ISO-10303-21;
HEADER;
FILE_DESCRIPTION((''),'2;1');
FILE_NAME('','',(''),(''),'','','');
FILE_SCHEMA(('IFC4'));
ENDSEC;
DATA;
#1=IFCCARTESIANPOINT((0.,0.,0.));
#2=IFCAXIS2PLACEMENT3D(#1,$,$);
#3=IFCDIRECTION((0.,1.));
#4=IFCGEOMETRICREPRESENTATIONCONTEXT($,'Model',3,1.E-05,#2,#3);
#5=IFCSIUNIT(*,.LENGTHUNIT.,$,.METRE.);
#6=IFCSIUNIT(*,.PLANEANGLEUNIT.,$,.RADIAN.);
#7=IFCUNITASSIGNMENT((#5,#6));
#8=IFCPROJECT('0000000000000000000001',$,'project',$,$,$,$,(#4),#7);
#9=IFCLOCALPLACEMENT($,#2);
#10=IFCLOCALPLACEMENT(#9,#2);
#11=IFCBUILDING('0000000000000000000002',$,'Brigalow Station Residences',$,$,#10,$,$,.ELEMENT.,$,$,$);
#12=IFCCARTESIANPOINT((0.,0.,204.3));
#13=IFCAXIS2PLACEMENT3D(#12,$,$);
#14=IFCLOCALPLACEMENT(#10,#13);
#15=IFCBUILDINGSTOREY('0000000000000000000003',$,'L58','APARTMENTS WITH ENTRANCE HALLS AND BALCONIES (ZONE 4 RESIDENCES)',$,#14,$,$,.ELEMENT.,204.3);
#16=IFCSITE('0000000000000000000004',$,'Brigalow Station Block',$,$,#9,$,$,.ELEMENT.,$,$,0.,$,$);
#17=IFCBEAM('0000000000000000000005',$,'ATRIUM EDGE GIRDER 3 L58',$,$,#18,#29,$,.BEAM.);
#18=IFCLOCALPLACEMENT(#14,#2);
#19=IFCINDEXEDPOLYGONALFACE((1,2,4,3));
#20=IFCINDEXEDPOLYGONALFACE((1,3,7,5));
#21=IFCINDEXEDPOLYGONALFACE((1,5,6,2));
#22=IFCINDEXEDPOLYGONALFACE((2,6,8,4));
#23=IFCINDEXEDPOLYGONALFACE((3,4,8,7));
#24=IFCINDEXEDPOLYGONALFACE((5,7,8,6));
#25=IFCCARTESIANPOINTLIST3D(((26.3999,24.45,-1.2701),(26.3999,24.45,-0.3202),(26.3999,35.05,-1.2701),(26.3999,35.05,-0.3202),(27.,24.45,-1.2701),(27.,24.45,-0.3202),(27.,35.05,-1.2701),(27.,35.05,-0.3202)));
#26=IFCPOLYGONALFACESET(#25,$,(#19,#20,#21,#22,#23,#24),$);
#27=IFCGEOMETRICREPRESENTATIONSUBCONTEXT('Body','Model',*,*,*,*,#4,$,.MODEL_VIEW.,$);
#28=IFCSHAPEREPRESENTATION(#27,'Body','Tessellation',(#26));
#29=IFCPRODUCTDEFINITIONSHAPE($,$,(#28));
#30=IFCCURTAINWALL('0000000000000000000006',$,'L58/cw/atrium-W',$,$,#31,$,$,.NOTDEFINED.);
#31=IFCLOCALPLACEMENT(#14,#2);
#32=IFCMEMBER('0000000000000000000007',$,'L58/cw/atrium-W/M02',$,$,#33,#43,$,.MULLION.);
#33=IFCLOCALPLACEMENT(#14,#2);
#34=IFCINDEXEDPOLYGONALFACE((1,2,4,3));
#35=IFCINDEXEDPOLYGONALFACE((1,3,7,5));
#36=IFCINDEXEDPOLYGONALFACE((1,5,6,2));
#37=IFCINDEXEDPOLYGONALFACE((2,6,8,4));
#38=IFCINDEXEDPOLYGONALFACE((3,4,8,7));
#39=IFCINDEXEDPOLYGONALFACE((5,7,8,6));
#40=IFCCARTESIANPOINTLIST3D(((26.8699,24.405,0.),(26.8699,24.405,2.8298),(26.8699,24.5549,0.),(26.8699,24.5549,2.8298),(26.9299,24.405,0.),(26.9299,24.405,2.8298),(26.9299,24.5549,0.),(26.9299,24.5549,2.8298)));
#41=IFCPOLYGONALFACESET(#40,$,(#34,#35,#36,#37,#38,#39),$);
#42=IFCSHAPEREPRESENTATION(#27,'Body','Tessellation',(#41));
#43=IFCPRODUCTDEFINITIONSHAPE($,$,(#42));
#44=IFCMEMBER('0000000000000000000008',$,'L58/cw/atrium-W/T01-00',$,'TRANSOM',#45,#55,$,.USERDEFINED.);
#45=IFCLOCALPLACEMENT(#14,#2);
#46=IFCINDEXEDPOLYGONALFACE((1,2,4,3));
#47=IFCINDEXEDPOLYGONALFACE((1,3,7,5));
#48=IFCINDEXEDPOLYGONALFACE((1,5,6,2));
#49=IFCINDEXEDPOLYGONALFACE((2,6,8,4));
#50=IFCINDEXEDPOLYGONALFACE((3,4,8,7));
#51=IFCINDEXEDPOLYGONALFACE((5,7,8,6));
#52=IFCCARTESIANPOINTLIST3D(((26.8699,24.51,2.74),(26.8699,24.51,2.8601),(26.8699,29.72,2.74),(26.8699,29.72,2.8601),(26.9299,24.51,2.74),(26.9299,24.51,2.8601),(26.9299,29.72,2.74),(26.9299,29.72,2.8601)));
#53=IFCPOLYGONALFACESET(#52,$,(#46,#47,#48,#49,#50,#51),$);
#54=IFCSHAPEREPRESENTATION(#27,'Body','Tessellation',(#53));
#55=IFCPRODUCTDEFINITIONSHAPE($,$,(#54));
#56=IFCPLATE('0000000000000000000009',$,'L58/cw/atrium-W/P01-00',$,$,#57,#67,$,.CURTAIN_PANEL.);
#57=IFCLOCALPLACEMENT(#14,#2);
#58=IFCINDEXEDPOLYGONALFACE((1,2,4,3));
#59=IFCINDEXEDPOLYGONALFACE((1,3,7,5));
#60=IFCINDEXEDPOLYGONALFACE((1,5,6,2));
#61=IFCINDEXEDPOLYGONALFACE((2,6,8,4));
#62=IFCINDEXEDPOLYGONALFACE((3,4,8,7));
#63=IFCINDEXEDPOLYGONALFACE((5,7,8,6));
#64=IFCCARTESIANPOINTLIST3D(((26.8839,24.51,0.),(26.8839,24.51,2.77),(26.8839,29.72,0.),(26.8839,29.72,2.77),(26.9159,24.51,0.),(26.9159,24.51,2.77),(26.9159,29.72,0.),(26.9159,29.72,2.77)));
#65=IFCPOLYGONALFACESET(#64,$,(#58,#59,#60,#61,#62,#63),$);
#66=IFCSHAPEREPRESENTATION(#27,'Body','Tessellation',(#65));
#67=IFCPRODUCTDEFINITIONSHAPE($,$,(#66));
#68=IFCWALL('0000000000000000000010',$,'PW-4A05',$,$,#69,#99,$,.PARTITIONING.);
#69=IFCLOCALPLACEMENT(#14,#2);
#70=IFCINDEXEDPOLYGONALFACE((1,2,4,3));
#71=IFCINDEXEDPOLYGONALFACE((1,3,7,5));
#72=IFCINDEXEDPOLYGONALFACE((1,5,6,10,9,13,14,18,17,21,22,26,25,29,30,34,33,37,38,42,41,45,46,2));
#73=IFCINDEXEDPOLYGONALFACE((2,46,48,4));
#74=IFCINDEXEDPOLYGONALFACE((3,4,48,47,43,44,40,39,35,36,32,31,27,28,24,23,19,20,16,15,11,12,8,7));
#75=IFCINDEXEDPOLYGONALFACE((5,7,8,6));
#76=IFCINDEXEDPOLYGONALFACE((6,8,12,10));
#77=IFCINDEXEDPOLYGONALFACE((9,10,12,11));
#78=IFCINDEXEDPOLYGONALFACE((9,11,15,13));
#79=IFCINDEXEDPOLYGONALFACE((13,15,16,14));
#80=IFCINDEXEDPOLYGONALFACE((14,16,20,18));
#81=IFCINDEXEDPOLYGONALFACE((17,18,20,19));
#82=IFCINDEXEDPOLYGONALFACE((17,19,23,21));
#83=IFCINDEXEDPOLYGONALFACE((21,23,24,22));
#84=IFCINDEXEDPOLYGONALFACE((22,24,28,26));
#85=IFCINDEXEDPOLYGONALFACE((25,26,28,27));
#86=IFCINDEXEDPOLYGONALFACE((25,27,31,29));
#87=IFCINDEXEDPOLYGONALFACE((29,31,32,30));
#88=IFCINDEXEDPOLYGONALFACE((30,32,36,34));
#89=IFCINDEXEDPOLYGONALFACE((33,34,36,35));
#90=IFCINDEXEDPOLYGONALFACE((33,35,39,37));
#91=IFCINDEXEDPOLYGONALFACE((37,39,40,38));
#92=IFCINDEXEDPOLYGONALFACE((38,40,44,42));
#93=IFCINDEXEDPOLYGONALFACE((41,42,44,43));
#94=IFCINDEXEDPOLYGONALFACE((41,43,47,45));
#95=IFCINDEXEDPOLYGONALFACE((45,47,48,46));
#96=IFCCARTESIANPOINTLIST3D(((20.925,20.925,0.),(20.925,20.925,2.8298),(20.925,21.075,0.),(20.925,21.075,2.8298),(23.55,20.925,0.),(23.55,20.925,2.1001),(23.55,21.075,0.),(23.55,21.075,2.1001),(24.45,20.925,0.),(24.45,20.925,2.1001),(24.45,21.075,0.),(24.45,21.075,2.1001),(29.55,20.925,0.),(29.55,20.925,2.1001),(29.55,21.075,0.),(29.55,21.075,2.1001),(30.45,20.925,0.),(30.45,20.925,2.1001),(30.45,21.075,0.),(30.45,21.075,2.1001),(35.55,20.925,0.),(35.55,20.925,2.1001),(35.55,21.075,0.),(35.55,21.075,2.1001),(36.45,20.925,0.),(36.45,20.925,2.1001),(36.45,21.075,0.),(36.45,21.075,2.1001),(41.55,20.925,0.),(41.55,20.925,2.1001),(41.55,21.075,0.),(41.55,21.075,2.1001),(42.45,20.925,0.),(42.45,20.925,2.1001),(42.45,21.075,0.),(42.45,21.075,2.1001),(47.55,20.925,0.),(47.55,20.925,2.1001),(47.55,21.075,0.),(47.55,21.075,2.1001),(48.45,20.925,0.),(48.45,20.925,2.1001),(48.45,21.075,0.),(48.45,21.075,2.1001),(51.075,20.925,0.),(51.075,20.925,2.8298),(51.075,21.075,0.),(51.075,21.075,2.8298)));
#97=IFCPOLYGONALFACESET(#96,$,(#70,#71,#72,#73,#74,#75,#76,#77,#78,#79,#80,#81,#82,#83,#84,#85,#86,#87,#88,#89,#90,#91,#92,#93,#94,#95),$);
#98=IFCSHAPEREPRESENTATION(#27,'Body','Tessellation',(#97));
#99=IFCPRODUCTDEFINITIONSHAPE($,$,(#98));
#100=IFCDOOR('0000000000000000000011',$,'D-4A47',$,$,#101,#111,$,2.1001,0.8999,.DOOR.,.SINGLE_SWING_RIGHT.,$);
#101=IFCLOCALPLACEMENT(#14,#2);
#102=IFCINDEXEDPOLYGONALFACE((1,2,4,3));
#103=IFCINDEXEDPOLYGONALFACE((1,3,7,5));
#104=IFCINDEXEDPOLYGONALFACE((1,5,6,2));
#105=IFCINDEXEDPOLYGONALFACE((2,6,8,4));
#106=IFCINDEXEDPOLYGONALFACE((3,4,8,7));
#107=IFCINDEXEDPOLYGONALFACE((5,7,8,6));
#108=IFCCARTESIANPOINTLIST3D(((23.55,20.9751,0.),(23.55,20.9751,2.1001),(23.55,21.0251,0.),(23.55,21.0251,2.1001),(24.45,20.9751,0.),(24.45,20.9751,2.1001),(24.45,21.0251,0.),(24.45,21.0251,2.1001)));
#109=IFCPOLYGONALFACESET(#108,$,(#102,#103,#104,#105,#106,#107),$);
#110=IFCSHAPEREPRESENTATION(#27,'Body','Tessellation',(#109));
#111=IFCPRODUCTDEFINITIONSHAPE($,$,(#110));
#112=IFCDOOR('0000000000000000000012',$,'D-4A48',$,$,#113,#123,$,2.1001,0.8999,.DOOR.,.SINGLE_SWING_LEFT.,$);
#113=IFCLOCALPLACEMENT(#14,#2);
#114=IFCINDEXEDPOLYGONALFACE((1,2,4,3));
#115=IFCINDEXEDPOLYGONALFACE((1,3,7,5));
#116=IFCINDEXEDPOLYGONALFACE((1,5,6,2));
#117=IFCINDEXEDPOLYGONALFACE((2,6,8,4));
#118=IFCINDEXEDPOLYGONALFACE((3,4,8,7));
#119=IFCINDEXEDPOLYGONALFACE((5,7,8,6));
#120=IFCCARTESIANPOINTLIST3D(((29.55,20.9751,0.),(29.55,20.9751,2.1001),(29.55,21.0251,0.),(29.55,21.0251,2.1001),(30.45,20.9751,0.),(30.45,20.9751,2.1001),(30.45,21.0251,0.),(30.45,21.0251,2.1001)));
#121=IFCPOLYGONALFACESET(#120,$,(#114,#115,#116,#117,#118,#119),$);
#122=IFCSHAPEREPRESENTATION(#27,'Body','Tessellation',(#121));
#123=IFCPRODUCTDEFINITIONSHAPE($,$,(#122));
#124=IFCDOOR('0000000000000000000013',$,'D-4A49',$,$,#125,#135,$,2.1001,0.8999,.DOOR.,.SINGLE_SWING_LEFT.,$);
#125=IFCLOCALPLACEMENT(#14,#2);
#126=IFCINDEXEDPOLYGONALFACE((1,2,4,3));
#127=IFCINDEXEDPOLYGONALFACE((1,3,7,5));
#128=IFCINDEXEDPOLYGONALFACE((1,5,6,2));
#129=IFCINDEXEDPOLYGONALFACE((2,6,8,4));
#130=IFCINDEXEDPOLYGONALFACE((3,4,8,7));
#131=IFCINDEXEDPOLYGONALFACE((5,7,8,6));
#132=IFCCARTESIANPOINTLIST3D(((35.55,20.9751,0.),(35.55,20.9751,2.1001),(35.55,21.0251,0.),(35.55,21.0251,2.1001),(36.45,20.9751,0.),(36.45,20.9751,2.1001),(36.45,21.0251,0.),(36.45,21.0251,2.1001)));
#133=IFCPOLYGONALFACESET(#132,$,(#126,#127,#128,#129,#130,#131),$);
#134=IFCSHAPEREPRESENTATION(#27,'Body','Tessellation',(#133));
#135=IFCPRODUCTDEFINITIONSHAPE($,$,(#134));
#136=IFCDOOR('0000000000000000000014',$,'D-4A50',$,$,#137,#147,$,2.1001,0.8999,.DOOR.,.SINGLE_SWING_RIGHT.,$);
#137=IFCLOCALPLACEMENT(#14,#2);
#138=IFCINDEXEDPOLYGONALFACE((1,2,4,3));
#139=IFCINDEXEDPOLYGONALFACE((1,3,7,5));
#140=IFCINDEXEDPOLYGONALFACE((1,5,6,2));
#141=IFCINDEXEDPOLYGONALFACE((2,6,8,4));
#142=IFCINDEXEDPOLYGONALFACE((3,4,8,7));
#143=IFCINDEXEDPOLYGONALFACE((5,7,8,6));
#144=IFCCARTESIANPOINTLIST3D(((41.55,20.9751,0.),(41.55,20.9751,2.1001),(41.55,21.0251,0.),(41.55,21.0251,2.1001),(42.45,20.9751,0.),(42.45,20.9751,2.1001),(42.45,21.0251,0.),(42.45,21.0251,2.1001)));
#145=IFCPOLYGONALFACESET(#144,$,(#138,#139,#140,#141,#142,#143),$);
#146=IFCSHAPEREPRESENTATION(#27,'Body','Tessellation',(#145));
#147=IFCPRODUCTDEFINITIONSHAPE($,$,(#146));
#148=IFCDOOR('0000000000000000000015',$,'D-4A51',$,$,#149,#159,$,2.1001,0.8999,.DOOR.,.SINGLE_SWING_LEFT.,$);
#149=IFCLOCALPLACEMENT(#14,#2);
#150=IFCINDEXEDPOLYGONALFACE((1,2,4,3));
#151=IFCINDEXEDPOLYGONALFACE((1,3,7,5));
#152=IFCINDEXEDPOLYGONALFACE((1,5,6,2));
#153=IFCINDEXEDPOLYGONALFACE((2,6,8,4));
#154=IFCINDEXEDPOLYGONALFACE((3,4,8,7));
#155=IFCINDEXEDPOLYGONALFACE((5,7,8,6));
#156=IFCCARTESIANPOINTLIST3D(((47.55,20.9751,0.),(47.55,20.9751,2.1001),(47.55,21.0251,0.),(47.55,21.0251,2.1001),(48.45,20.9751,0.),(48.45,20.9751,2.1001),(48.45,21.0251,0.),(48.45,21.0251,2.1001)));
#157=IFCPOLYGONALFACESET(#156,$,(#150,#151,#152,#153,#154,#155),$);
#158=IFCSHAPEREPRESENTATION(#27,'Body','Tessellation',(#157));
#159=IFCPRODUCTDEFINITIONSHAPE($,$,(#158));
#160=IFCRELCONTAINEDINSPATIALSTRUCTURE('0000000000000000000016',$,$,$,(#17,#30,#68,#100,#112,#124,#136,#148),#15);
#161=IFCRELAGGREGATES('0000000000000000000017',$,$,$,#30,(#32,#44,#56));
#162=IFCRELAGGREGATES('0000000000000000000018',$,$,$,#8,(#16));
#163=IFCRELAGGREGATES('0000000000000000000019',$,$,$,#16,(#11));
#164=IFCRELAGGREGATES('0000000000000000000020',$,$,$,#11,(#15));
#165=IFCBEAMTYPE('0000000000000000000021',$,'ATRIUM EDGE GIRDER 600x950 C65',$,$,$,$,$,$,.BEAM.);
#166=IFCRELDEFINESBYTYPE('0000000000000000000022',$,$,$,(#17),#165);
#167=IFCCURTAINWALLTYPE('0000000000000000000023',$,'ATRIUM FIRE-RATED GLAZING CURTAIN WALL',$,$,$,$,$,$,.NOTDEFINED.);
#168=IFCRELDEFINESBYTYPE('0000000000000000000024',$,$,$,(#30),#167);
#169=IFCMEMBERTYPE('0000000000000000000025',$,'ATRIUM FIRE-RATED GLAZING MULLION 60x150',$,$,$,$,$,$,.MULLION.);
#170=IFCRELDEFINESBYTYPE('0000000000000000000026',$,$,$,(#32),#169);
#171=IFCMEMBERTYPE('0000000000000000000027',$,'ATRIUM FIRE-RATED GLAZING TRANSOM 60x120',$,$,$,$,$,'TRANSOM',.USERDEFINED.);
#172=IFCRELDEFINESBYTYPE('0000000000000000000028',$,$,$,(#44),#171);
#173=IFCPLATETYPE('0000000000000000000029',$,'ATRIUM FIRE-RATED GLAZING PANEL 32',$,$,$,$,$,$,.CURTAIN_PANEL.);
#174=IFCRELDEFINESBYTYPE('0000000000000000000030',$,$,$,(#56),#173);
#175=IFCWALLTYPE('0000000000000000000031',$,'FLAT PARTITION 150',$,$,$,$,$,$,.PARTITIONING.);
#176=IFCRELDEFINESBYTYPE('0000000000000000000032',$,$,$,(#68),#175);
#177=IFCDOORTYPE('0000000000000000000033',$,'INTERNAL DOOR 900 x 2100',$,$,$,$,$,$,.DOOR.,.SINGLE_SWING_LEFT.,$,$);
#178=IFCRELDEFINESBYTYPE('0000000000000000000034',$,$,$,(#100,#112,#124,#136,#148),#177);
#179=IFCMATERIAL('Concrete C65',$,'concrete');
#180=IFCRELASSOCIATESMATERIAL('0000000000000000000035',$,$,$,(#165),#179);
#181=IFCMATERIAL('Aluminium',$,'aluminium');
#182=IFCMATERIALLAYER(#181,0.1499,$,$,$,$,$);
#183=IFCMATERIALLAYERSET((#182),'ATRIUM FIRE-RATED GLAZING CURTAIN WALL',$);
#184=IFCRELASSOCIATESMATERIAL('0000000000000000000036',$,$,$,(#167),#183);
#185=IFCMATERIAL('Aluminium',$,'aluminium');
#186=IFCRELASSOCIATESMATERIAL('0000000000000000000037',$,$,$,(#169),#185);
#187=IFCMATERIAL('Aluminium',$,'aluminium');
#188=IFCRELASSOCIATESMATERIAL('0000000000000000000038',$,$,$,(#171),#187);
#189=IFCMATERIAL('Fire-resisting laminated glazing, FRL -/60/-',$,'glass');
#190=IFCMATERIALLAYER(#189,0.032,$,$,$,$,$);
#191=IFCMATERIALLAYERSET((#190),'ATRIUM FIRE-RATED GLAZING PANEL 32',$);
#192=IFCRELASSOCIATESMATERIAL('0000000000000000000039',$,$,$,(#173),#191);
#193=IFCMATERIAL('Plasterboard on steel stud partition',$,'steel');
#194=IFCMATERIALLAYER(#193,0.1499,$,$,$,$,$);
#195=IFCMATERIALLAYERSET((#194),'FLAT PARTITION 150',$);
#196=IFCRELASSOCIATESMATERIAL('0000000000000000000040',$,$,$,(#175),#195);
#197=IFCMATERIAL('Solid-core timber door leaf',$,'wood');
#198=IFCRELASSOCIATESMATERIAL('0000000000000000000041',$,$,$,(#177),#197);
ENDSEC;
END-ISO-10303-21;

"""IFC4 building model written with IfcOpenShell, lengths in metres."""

from ifc_helpers import new_model, si_unit, direction, frame, frame_2d, origin, origin_2d, place, context, subcontext, project, spatial, rectangle, extrude, material, layer, layer_set, material_profile, profile_set, type_object, element, fill, aggregate, save


model = new_model("IFC4")

# Units and contexts
model_context = context("Model", 3, precision=1e-05, world=origin(), true_north=direction((0.0, 1.0)))
body_context = subcontext(model_context, "Body", "Model", "MODEL_VIEW")
ifc_project = project(units=[si_unit("LENGTHUNIT", "METRE"), si_unit("PLANEANGLEUNIT", "RADIAN")], contexts=[model_context])

# Site, building, storey
site_placement = place(None, origin())
site = spatial("IfcSite", under=ifc_project, at=site_placement, Name="Brigalow Station Block", CompositionType="ELEMENT", RefElevation=0.0)
building_placement = place(site_placement, origin())
building = spatial("IfcBuilding", under=site, at=building_placement, Name="Brigalow Station Residences", CompositionType="ELEMENT")
storey_placement = place(building_placement, frame((0.0, 0.0, 204.3)))
storey = spatial("IfcBuildingStorey", under=building, at=storey_placement, Name="L58", Description="APARTMENTS WITH ENTRANCE HALLS AND BALCONIES (ZONE 4 RESIDENCES)", CompositionType="ELEMENT", Elevation=204.3)

# Beam
ifc_material_1 = material(Name="Concrete C65", Category="concrete")
ifc_material_profile_1 = material_profile(ifc_material_1, rectangle(XDim=0.6001, YDim=0.95, at=origin_2d()), Name="RC600x950")
ifc_profile_set_1 = profile_set([ifc_material_profile_1], Name="Concrete C65")
beam_type = type_object("IfcBeamType", Name="ATRIUM EDGE GIRDER 600x950 C65", PredefinedType="BEAM", material=ifc_profile_set_1)
beam_placement = place(storey_placement, frame((26.7, 24.45, -0.7952), z_axis=(0.0, 1.0, 0.0), x_axis=(-1.0, 0.0, 0.0)))
element("IfcBeam", 1, at=beam_placement, inside=storey, type_object=beam_type, Name="ATRIUM EDGE GIRDER 3 L58", PredefinedType="BEAM", context=body_context, shape_type="SweptSolid", body=[
    extrude(rectangle(XDim=0.6001, YDim=0.95, at=origin_2d()), origin(), (0.0, 0.0, 1.0), 10.6001),
])

# Curtain wall, members, plate
ifc_material_2 = material(Name="Aluminium", Category="aluminium")
ifc_layer_1 = layer(ifc_material_2, 0.1499)
ifc_layer_set_1 = layer_set([ifc_layer_1], Name="ATRIUM FIRE-RATED GLAZING CURTAIN WALL")
curtain_wall_type = type_object("IfcCurtainWallType", Name="ATRIUM FIRE-RATED GLAZING CURTAIN WALL", PredefinedType="NOTDEFINED", material=ifc_layer_set_1)
curtain_wall_placement = place(storey_placement, origin())
curtain_wall = element("IfcCurtainWall", 2, at=curtain_wall_placement, inside=storey, type_object=curtain_wall_type, Name="L58/cw/atrium-W", PredefinedType="NOTDEFINED")
ifc_material_3 = material(Name="Aluminium", Category="aluminium")
ifc_material_profile_2 = material_profile(ifc_material_3, rectangle(XDim=0.0601, YDim=0.1499, at=origin_2d()), Name="ATRIUM FIRE-RATED GLAZING MULLION 60x150")
ifc_profile_set_2 = profile_set([ifc_material_profile_2], Name="Aluminium")
member_type_1 = type_object("IfcMemberType", Name="ATRIUM FIRE-RATED GLAZING MULLION 60x150", PredefinedType="MULLION", material=ifc_profile_set_2)
member_1_placement = place(storey_placement, frame((26.8999, 24.48, 0.0), z_axis=(0.0, 0.0, 1.0), x_axis=(1.0, 0.0, 0.0)))
member_1 = element("IfcMember", 3, at=member_1_placement, type_object=member_type_1, Name="L58/cw/atrium-W/M02", PredefinedType="MULLION", context=body_context, shape_type="SweptSolid", body=[
    extrude(rectangle(XDim=0.0601, YDim=0.1499, at=origin_2d()), origin(), (0.0, 0.0, 1.0), 2.8298),
])
ifc_material_4 = material(Name="Aluminium", Category="aluminium")
ifc_material_profile_3 = material_profile(ifc_material_4, rectangle(XDim=0.0601, YDim=0.1201, at=origin_2d()), Name="ATRIUM FIRE-RATED GLAZING TRANSOM 60x120")
ifc_profile_set_3 = profile_set([ifc_material_profile_3], Name="Aluminium")
member_type_2 = type_object("IfcMemberType", Name="ATRIUM FIRE-RATED GLAZING TRANSOM 60x120", ElementType="TRANSOM", PredefinedType="USERDEFINED", material=ifc_profile_set_3)
member_2_placement = place(storey_placement, frame((26.8999, 29.72, 2.8), z_axis=(0.0, -1.0, 0.0), x_axis=(1.0, 0.0, 0.0)))
member_2 = element("IfcMember", 4, at=member_2_placement, type_object=member_type_2, Name="L58/cw/atrium-W/T01-00", ObjectType="TRANSOM", PredefinedType="USERDEFINED", context=body_context, shape_type="SweptSolid", body=[
    extrude(rectangle(XDim=0.0601, YDim=0.1201, at=origin_2d()), origin(), (0.0, 0.0, 1.0), 5.21),
])
ifc_material_5 = material(Name="Fire-resisting laminated glazing, FRL -/60/-", Category="glass")
ifc_layer_2 = layer(ifc_material_5, 0.032)
ifc_layer_set_2 = layer_set([ifc_layer_2], Name="ATRIUM FIRE-RATED GLAZING PANEL 32")
plate_type = type_object("IfcPlateType", Name="ATRIUM FIRE-RATED GLAZING PANEL 32", PredefinedType="CURTAIN_PANEL", material=ifc_layer_set_2)
plate_placement = place(storey_placement, frame((26.8999, 27.115, 0.0), z_axis=(0.0, 0.0, 1.0), x_axis=(0.0, -1.0, 0.0)))
plate = element("IfcPlate", 5, at=plate_placement, type_object=plate_type, Name="L58/cw/atrium-W/P01-00", PredefinedType="CURTAIN_PANEL", context=body_context, shape_type="SweptSolid", body=[
    extrude(rectangle(XDim=5.21, YDim=0.032, at=origin_2d()), origin(), (0.0, 0.0, 1.0), 2.77),
])
aggregate(curtain_wall, [member_1, member_2, plate])

# Wall, openings, doors
ifc_material_6 = material(Name="Plasterboard on steel stud partition", Category="steel")
ifc_layer_3 = layer(ifc_material_6, 0.1499)
ifc_layer_set_3 = layer_set([ifc_layer_3], Name="FLAT PARTITION 150")
wall_type_1 = type_object("IfcWallType", Name="FLAT PARTITION 150", PredefinedType="PARTITIONING", material=ifc_layer_set_3)
wall_1_placement = place(storey_placement, frame((20.925, 21.0, 0.0), z_axis=(0.0, 0.0, 1.0), x_axis=(1.0, 0.0, 0.0)))
wall_1 = element("IfcWall", 6, at=wall_1_placement, inside=storey, type_object=wall_type_1, Name="PW-4A05", PredefinedType="PARTITIONING", context=body_context, shape_type="SweptSolid", body=[
    extrude(rectangle(XDim=30.1499, YDim=0.1499, at=frame_2d((15.075, 0.0))), origin(), (0.0, 0.0, 1.0), 2.8298),
])
opening_1_placement = place(wall_1_placement, frame((2.625, 0.0, 0.0)))
opening_1 = element("IfcOpeningElement", 7, at=opening_1_placement, cuts=wall_1, PredefinedType="OPENING", context=body_context, shape_type="SweptSolid", body=[
    extrude(rectangle(XDim=0.8999, YDim=2.1001, at=frame_2d((0.45, 1.05))), frame((0.0, 0.085, 0.0), z_axis=(0.0, -1.0, 0.0), x_axis=(1.0, 0.0, 0.0)), (0.0, 0.0, 1.0), 0.1699),
])
opening_2_placement = place(wall_1_placement, frame((8.625, 0.0, 0.0)))
opening_2 = element("IfcOpeningElement", 8, at=opening_2_placement, cuts=wall_1, PredefinedType="OPENING", context=body_context, shape_type="SweptSolid", body=[
    extrude(rectangle(XDim=0.8999, YDim=2.1001, at=frame_2d((0.45, 1.05))), frame((0.0, 0.085, 0.0), z_axis=(0.0, -1.0, 0.0), x_axis=(1.0, 0.0, 0.0)), (0.0, 0.0, 1.0), 0.1699),
])
opening_3_placement = place(wall_1_placement, frame((14.625, 0.0, 0.0)))
opening_3 = element("IfcOpeningElement", 9, at=opening_3_placement, cuts=wall_1, PredefinedType="OPENING", context=body_context, shape_type="SweptSolid", body=[
    extrude(rectangle(XDim=0.8999, YDim=2.1001, at=frame_2d((0.45, 1.05))), frame((0.0, 0.085, 0.0), z_axis=(0.0, -1.0, 0.0), x_axis=(1.0, 0.0, 0.0)), (0.0, 0.0, 1.0), 0.1699),
])
opening_4_placement = place(wall_1_placement, frame((20.625, 0.0, 0.0)))
opening_4 = element("IfcOpeningElement", 10, at=opening_4_placement, cuts=wall_1, PredefinedType="OPENING", context=body_context, shape_type="SweptSolid", body=[
    extrude(rectangle(XDim=0.8999, YDim=2.1001, at=frame_2d((0.45, 1.05))), frame((0.0, 0.085, 0.0), z_axis=(0.0, -1.0, 0.0), x_axis=(1.0, 0.0, 0.0)), (0.0, 0.0, 1.0), 0.1699),
])
opening_5_placement = place(wall_1_placement, frame((26.625, 0.0, 0.0)))
opening_5 = element("IfcOpeningElement", 11, at=opening_5_placement, cuts=wall_1, PredefinedType="OPENING", context=body_context, shape_type="SweptSolid", body=[
    extrude(rectangle(XDim=0.8999, YDim=2.1001, at=frame_2d((0.45, 1.05))), frame((0.0, 0.085, 0.0), z_axis=(0.0, -1.0, 0.0), x_axis=(1.0, 0.0, 0.0)), (0.0, 0.0, 1.0), 0.1699),
])
ifc_material_7 = material(Name="Solid-core timber door leaf", Category="wood")
door_type_1 = type_object("IfcDoorType", Name="INTERNAL DOOR 900 x 2100", OperationType="SINGLE_SWING_LEFT", PredefinedType="DOOR", material=ifc_material_7)
door_1_placement = place(opening_1_placement, frame((0.8999, 0.0, 0.0), z_axis=(0.0, 0.0, 1.0), x_axis=(-1.0, 0.0, 0.0)))
door_1 = element("IfcDoor", 12, at=door_1_placement, inside=storey, type_object=door_type_1, Name="D-4A47", OperationType="SINGLE_SWING_RIGHT", OverallHeight=2.1001, OverallWidth=0.8999, PredefinedType="DOOR", context=body_context, shape_type="SweptSolid", body=[
    extrude(rectangle(XDim=0.8999, YDim=2.1001, at=frame_2d((0.45, 1.05))), frame((0.0, 0.0249, 0.0), z_axis=(0.0, -1.0, 0.0), x_axis=(1.0, 0.0, 0.0)), (0.0, 0.0, 1.0), 0.05),
])
fill(opening_1, door_1)
door_2_placement = place(opening_2_placement, frame((0.8999, 0.0, 0.0), z_axis=(0.0, 0.0, 1.0), x_axis=(-1.0, 0.0, 0.0)))
door_2 = element("IfcDoor", 13, at=door_2_placement, inside=storey, type_object=door_type_1, Name="D-4A48", OperationType="SINGLE_SWING_LEFT", OverallHeight=2.1001, OverallWidth=0.8999, PredefinedType="DOOR", context=body_context, shape_type="SweptSolid", body=[
    extrude(rectangle(XDim=0.8999, YDim=2.1001, at=frame_2d((0.45, 1.05))), frame((0.0, 0.0249, 0.0), z_axis=(0.0, -1.0, 0.0), x_axis=(1.0, 0.0, 0.0)), (0.0, 0.0, 1.0), 0.05),
])
fill(opening_2, door_2)
door_3_placement = place(opening_3_placement, frame((0.8999, 0.0, 0.0), z_axis=(0.0, 0.0, 1.0), x_axis=(-1.0, 0.0, 0.0)))
door_3 = element("IfcDoor", 14, at=door_3_placement, inside=storey, type_object=door_type_1, Name="D-4A49", OperationType="SINGLE_SWING_LEFT", OverallHeight=2.1001, OverallWidth=0.8999, PredefinedType="DOOR", context=body_context, shape_type="SweptSolid", body=[
    extrude(rectangle(XDim=0.8999, YDim=2.1001, at=frame_2d((0.45, 1.05))), frame((0.0, 0.0249, 0.0), z_axis=(0.0, -1.0, 0.0), x_axis=(1.0, 0.0, 0.0)), (0.0, 0.0, 1.0), 0.05),
])
fill(opening_3, door_3)
door_4_placement = place(opening_4_placement, frame((0.8999, 0.0, 0.0), z_axis=(0.0, 0.0, 1.0), x_axis=(-1.0, 0.0, 0.0)))
door_4 = element("IfcDoor", 15, at=door_4_placement, inside=storey, type_object=door_type_1, Name="D-4A50", OperationType="SINGLE_SWING_RIGHT", OverallHeight=2.1001, OverallWidth=0.8999, PredefinedType="DOOR", context=body_context, shape_type="SweptSolid", body=[
    extrude(rectangle(XDim=0.8999, YDim=2.1001, at=frame_2d((0.45, 1.05))), frame((0.0, 0.0249, 0.0), z_axis=(0.0, -1.0, 0.0), x_axis=(1.0, 0.0, 0.0)), (0.0, 0.0, 1.0), 0.05),
])
fill(opening_4, door_4)
door_5_placement = place(opening_5_placement, frame((0.8999, 0.0, 0.0), z_axis=(0.0, 0.0, 1.0), x_axis=(-1.0, 0.0, 0.0)))
door_5 = element("IfcDoor", 16, at=door_5_placement, inside=storey, type_object=door_type_1, Name="D-4A51", OperationType="SINGLE_SWING_LEFT", OverallHeight=2.1001, OverallWidth=0.8999, PredefinedType="DOOR", context=body_context, shape_type="SweptSolid", body=[
    extrude(rectangle(XDim=0.8999, YDim=2.1001, at=frame_2d((0.45, 1.05))), frame((0.0, 0.0249, 0.0), z_axis=(0.0, -1.0, 0.0), x_axis=(1.0, 0.0, 0.0)), (0.0, 0.0, 1.0), 0.05),
])
fill(opening_5, door_5)

save(model, "model.ifc")
